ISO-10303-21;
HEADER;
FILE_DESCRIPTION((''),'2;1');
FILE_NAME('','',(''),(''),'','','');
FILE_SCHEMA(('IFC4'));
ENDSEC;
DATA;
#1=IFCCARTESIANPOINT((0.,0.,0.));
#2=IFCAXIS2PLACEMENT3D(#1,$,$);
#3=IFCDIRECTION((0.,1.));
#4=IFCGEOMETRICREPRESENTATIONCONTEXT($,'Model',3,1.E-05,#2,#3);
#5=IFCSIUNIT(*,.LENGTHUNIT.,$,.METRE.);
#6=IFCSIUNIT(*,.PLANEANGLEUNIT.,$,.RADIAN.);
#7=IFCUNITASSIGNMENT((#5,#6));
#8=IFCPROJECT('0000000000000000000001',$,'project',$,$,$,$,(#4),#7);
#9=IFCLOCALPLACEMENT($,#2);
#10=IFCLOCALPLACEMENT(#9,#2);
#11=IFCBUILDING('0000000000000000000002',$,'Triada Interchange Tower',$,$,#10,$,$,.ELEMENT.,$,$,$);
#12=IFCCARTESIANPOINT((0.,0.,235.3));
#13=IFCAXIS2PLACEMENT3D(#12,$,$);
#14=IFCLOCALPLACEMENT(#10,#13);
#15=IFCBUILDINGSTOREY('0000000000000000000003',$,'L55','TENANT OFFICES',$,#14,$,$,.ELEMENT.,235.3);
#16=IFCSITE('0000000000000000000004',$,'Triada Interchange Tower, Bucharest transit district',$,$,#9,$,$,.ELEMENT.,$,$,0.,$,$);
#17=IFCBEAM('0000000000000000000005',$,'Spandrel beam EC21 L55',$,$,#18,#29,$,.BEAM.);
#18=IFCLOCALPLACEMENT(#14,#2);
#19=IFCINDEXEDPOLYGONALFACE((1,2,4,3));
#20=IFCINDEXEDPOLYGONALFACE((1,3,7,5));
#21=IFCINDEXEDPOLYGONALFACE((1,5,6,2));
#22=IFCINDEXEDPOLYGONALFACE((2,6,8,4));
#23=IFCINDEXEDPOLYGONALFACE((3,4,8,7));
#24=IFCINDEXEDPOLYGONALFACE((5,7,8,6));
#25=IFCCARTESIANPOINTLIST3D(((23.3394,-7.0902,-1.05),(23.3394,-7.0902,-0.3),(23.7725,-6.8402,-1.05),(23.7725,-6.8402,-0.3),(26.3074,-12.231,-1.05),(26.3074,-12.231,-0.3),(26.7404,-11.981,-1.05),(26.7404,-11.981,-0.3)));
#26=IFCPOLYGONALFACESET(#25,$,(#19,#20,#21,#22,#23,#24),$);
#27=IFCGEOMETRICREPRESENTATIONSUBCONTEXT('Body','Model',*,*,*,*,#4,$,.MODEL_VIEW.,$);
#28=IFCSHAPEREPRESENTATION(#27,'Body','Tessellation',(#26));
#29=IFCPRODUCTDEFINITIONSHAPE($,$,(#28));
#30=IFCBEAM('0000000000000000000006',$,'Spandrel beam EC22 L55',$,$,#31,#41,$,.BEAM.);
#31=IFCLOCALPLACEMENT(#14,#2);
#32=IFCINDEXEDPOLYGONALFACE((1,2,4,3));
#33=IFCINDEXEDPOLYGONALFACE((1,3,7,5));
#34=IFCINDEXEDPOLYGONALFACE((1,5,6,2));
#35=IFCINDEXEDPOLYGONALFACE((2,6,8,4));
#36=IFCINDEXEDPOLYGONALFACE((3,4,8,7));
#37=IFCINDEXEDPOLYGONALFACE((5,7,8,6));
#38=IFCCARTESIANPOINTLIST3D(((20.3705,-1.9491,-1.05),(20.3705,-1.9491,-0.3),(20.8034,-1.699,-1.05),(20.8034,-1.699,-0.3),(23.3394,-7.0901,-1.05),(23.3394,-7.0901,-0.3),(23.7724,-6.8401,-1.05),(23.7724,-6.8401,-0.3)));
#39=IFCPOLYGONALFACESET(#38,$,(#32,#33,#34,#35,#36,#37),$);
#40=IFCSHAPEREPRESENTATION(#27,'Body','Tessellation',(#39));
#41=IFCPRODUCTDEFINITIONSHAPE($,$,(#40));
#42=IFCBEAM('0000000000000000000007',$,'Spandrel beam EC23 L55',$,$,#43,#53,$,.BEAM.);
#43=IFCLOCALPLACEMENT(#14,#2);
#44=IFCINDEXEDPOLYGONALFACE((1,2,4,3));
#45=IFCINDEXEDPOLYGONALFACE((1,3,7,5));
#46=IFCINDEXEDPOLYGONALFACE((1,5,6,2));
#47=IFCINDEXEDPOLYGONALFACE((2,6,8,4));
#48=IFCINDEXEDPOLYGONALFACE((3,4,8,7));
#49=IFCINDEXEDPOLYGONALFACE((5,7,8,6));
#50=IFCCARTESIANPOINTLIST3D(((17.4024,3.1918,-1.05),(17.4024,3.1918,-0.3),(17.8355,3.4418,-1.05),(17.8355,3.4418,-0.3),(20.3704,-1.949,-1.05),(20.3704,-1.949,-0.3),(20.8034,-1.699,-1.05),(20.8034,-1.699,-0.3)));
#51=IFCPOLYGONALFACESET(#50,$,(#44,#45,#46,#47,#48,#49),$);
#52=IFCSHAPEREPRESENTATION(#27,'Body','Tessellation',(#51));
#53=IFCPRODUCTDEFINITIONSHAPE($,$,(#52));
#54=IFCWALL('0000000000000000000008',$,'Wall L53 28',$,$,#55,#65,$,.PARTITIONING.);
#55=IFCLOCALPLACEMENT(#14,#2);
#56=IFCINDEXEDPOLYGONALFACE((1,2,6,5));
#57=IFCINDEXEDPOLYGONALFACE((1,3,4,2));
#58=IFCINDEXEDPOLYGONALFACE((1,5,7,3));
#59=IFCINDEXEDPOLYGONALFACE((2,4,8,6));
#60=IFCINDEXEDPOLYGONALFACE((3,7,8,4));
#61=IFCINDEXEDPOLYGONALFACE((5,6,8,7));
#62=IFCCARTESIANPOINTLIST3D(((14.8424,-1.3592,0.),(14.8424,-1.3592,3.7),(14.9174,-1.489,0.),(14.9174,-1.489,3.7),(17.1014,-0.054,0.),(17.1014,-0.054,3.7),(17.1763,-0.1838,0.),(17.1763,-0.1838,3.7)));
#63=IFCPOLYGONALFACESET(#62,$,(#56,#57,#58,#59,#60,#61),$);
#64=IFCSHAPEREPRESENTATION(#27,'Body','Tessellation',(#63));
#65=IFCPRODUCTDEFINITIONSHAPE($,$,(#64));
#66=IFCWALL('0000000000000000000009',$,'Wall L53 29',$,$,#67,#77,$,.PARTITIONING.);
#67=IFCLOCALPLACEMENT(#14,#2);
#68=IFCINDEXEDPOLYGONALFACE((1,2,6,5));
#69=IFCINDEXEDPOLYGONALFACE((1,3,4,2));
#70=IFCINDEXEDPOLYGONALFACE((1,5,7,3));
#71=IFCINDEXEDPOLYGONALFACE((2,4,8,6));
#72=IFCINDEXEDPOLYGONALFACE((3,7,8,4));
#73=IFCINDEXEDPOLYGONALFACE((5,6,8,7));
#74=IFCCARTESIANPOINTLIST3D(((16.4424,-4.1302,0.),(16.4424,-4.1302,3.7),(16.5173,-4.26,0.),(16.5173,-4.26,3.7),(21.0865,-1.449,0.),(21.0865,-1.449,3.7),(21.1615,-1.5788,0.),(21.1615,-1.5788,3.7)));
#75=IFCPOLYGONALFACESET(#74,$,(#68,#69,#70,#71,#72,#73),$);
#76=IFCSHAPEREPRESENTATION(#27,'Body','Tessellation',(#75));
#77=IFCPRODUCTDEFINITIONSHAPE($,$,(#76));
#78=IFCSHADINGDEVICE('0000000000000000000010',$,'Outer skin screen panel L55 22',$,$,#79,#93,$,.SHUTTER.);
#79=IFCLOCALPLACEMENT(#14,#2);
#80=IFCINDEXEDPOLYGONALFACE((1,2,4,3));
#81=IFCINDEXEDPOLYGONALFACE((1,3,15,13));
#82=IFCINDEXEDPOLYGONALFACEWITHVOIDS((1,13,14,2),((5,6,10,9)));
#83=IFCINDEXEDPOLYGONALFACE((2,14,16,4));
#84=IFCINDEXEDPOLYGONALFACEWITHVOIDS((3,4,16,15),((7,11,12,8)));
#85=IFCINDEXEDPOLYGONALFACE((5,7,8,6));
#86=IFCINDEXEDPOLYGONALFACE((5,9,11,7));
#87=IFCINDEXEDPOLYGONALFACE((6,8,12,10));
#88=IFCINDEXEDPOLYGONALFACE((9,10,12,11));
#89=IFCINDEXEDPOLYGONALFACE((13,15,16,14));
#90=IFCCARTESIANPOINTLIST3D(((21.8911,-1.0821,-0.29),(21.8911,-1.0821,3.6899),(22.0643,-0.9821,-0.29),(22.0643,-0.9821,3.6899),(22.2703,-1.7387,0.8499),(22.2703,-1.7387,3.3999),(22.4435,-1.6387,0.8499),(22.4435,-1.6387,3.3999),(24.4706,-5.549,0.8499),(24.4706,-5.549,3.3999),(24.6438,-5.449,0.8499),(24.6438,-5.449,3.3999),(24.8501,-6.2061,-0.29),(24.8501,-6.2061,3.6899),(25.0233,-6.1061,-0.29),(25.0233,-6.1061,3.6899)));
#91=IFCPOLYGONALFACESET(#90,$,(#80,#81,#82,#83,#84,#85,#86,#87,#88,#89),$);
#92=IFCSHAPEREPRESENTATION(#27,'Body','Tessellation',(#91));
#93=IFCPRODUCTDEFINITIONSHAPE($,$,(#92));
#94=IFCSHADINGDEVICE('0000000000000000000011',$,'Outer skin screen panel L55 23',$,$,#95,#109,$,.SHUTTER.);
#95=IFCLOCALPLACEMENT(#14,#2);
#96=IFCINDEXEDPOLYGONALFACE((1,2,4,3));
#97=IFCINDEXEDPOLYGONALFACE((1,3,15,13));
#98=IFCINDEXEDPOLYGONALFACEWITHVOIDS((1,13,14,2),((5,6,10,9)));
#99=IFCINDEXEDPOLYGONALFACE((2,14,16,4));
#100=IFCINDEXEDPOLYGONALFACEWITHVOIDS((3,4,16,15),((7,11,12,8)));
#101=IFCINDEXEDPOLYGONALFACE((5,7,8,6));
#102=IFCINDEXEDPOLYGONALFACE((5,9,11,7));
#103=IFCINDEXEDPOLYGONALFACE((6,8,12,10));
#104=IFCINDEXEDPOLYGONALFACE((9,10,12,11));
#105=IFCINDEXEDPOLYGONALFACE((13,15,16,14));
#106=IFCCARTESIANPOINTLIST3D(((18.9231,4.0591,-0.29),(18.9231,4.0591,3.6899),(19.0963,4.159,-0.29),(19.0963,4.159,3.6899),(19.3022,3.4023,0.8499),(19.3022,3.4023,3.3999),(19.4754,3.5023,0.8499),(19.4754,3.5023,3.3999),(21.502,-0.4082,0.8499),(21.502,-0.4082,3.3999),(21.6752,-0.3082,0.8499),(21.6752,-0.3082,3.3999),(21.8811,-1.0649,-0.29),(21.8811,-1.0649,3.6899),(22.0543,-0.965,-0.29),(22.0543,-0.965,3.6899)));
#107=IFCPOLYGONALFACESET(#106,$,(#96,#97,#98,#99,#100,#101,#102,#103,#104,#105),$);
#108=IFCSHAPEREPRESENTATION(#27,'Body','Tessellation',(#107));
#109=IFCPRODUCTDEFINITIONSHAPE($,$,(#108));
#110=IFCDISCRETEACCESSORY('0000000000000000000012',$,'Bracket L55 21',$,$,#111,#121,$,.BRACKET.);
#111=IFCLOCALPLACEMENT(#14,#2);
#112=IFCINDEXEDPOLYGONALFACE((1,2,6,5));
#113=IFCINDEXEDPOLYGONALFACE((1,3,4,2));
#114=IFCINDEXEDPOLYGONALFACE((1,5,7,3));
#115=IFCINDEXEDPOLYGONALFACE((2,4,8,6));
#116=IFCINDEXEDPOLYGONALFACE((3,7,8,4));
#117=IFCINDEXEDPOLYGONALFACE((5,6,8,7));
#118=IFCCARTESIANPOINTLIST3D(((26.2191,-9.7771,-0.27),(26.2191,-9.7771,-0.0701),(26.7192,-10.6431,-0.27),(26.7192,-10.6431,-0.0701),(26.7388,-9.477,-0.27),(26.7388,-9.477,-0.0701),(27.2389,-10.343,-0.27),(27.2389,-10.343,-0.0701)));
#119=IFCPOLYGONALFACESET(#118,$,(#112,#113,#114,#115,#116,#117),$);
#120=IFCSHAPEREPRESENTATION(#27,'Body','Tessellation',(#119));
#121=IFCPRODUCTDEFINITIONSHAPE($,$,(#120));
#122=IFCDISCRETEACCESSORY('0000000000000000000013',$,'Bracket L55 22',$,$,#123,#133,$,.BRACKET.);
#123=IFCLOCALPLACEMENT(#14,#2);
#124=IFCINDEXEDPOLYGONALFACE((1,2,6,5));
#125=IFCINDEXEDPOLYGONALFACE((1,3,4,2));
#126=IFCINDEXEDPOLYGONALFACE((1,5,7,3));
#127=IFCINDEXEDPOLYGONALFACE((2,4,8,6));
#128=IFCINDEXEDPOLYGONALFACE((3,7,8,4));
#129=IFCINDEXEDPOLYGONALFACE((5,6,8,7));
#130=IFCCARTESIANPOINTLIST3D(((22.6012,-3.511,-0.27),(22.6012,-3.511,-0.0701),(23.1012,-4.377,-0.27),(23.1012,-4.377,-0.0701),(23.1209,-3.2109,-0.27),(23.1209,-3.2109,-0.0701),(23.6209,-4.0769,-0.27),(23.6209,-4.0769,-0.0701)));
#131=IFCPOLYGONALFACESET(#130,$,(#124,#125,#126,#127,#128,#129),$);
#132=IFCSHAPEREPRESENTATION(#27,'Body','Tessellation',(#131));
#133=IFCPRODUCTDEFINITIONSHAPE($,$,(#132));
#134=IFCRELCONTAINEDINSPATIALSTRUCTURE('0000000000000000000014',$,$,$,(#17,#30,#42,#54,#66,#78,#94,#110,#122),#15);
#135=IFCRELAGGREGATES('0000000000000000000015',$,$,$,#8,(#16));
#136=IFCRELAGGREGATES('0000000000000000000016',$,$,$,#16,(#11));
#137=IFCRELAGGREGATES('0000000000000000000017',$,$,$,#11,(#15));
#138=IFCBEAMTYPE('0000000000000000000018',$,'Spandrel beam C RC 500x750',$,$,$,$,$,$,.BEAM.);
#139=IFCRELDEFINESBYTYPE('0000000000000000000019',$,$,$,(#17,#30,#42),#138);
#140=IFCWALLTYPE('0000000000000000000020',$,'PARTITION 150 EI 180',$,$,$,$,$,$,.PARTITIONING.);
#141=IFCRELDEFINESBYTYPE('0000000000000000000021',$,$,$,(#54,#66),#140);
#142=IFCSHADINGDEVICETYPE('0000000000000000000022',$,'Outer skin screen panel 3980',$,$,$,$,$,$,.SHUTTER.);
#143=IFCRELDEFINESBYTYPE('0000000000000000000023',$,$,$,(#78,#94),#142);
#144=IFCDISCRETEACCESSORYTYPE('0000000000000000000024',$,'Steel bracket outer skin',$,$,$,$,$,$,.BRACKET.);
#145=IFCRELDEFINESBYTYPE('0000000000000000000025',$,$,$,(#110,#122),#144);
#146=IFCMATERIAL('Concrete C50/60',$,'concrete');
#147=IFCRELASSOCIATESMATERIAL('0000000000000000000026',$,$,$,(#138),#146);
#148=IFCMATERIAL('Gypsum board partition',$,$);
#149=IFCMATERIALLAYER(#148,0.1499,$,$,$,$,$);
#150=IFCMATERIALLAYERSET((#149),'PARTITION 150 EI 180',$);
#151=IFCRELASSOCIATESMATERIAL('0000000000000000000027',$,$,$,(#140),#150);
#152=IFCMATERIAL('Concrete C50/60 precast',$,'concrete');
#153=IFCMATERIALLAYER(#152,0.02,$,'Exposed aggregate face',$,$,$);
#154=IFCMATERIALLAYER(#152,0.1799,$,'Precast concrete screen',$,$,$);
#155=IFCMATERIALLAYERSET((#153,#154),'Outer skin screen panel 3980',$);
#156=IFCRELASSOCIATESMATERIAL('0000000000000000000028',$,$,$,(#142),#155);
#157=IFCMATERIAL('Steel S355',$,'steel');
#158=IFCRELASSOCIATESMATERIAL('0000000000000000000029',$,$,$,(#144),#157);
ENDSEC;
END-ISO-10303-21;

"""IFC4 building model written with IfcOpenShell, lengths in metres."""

from ifc_helpers import new_model, si_unit, direction, frame, frame_2d, origin, origin_2d, place, context, subcontext, project, spatial, polyline, rectangle, outline, extrude, material, layer, layer_set, material_profile, profile_set, type_object, element, save


model = new_model("IFC4")

# Units and contexts
model_context = context("Model", 3, precision=1e-05, world=origin(), true_north=direction((0.0, 1.0)))
body_context = subcontext(model_context, "Body", "Model", "MODEL_VIEW")
ifc_project = project(units=[si_unit("LENGTHUNIT", "METRE"), si_unit("PLANEANGLEUNIT", "RADIAN")], contexts=[model_context])

# Site, building, storey
site_placement = place(None, origin())
site = spatial("IfcSite", under=ifc_project, at=site_placement, Name="Triada Interchange Tower, Bucharest transit district", CompositionType="ELEMENT", RefElevation=0.0)
building_placement = place(site_placement, origin())
building = spatial("IfcBuilding", under=site, at=building_placement, Name="Triada Interchange Tower", CompositionType="ELEMENT")
storey_placement = place(building_placement, frame((0.0, 0.0, 235.3)))
storey = spatial("IfcBuildingStorey", under=building, at=storey_placement, Name="L55", Description="TENANT OFFICES", CompositionType="ELEMENT", Elevation=235.3)

# Shared definitions
ifc_material_1 = material(Name="Concrete C50/60", Category="concrete")

# Beams
ifc_material_profile_1 = material_profile(ifc_material_1, rectangle(XDim=0.5, YDim=0.75, at=origin_2d()), Name="RC 500x750")
ifc_profile_set_1 = profile_set([ifc_material_profile_1], Name="Concrete C50/60")
beam_type_1 = type_object("IfcBeamType", Name="Spandrel beam C RC 500x750", PredefinedType="BEAM", material=ifc_profile_set_1)
beam_1_placement = place(storey_placement, frame((26.5239, -12.106, -0.675), z_axis=(-0.499992, 0.86603, 0.0), x_axis=(-0.86603, -0.499992, 0.0)))
element("IfcBeam", 1, at=beam_1_placement, inside=storey, type_object=beam_type_1, Name="Spandrel beam EC21 L55", PredefinedType="BEAM", context=body_context, shape_type="SweptSolid", body=[
    extrude(rectangle(XDim=0.5, YDim=0.75, at=origin_2d()), origin(), (0.0, 0.0, 1.0), 5.936),
])
beam_2_placement = place(storey_placement, frame((23.5559, -6.9651, -0.675), z_axis=(-0.500097, 0.865969, 0.0), x_axis=(-0.865969, -0.500097, 0.0)))
element("IfcBeam", 2, at=beam_2_placement, inside=storey, type_object=beam_type_1, Name="Spandrel beam EC22 L55", PredefinedType="BEAM", context=body_context, shape_type="SweptSolid", body=[
    extrude(rectangle(XDim=0.5, YDim=0.75, at=origin_2d()), origin(), (0.0, 0.0, 1.0), 5.9368),
])
beam_3_placement = place(storey_placement, frame((20.5869, -1.824, -0.675), z_axis=(-0.499992, 0.86603, 0.0), x_axis=(-0.86603, -0.499992, 0.0)))
element("IfcBeam", 3, at=beam_3_placement, inside=storey, type_object=beam_type_1, Name="Spandrel beam EC23 L55", PredefinedType="BEAM", context=body_context, shape_type="SweptSolid", body=[
    extrude(rectangle(XDim=0.5, YDim=0.75, at=origin_2d()), origin(), (0.0, 0.0, 1.0), 5.936),
])

# Walls
ifc_material_2 = material(Name="Gypsum board partition")
ifc_layer_1 = layer(ifc_material_2, 0.1499)
ifc_layer_set_1 = layer_set([ifc_layer_1], Name="PARTITION 150 EI 180")
wall_type_1 = type_object("IfcWallType", Name="PARTITION 150 EI 180", PredefinedType="PARTITIONING", material=ifc_layer_set_1)
wall_1_placement = place(storey_placement, frame((14.8799, -1.4241, 0.0), z_axis=(0.0, 0.0, 1.0), x_axis=(0.865872, 0.500265, 0.0)))
element("IfcWall", 4, at=wall_1_placement, inside=storey, type_object=wall_type_1, Name="Wall L53 28", PredefinedType="PARTITIONING", context=body_context, shape_type="SweptSolid", body=[
    extrude(rectangle(XDim=2.6089, YDim=0.1499, at=frame_2d((1.3044, 0.0))), origin(), (0.0, 0.0, 1.0), 3.7),
])
wall_2_placement = place(storey_placement, frame((16.48, -4.1951, 0.0), z_axis=(0.0, 0.0, 1.0), x_axis=(0.866032, 0.499988, 0.0)))
element("IfcWall", 5, at=wall_2_placement, inside=storey, type_object=wall_type_1, Name="Wall L53 29", PredefinedType="PARTITIONING", context=body_context, shape_type="SweptSolid", body=[
    extrude(rectangle(XDim=5.3625, YDim=0.1499, at=frame_2d((2.6812, 0.0))), origin(), (0.0, 0.0, 1.0), 3.7),
])

# Shading devices
ifc_material_3 = material(Name="Concrete C50/60 precast", Category="concrete")
ifc_layer_2 = layer(ifc_material_3, 0.02, Name="Exposed aggregate face")
ifc_layer_3 = layer(ifc_material_3, 0.1799, Name="Precast concrete screen")
ifc_layer_set_2 = layer_set([ifc_layer_2, ifc_layer_3], Name="Outer skin screen panel 3980")
shading_device_type = type_object("IfcShadingDeviceType", Name="Outer skin screen panel 3980", PredefinedType="SHUTTER", material=ifc_layer_set_2)
shading_device_1_placement = place(storey_placement, frame((24.8501, -6.2061, -0.29), z_axis=(0.0, 0.0, 1.0), x_axis=(-0.50008, 0.865979, 0.0)))
element("IfcShadingDevice", 6, at=shading_device_1_placement, inside=storey, type_object=shading_device_type, Name="Outer skin screen panel L55 22", PredefinedType="SHUTTER", context=body_context, shape_type="SweptSolid", body=[
    extrude(outline(polyline([(0.0, 0.0), (5.917, 0.0), (5.917, 3.98), (0.0, 3.98), (0.0, 0.0)]), holes=[polyline([(0.7588, 1.1399), (0.7588, 3.6899), (5.1587, 3.6899), (5.1587, 1.1399), (0.7588, 1.1399)])]), frame((0.0, 0.0, 0.0), z_axis=(0.0, -1.0, 0.0), x_axis=(1.0, 0.0, 0.0)), (0.0, 0.0, 1.0), 0.2),
])
shading_device_2_placement = place(storey_placement, frame((21.8811, -1.0649, -0.29), z_axis=(0.0, 0.0, 1.0), x_axis=(-0.499956, 0.866051, 0.0)))
element("IfcShadingDevice", 7, at=shading_device_2_placement, inside=storey, type_object=shading_device_type, Name="Outer skin screen panel L55 23", PredefinedType="SHUTTER", context=body_context, shape_type="SweptSolid", body=[
    extrude(outline(polyline([(0.0, 0.0), (5.9165, 0.0), (5.9165, 3.98), (0.0, 3.98), (0.0, 0.0)]), holes=[polyline([(0.7583, 1.1399), (0.7583, 3.6899), (5.1582, 3.6899), (5.1582, 1.1399), (0.7583, 1.1399)])]), frame((0.0, 0.0, 0.0), z_axis=(0.0, -1.0, 0.0), x_axis=(1.0, 0.0, 0.0)), (0.0, 0.0, 1.0), 0.2),
])

# Discrete accessories
ifc_material_4 = material(Name="Steel S355", Category="steel")
discrete_accessory_type = type_object("IfcDiscreteAccessoryType", Name="Steel bracket outer skin", PredefinedType="BRACKET", material=ifc_material_4)
for number, where, z_axis, x_axis, name in (
    (8, (26.729, -10.0601, -0.27), (0.0, 0.0, 1.0), (0.866014, 0.500019, 0.0), "Bracket L55 21"),
    (9, (23.1111, -3.7939, -0.27), (0.0, 0.0, 1.0), (0.866014, 0.500019, 0.0), "Bracket L55 22"),
):
    element("IfcDiscreteAccessory", number, at=place(storey_placement, frame(where, z_axis=z_axis, x_axis=x_axis)), inside=storey, type_object=discrete_accessory_type, Name=name, PredefinedType="BRACKET", context=body_context, shape_type="SweptSolid", body=[
        extrude(rectangle(XDim=0.6001, YDim=1.0, at=origin_2d()), origin(), (0.0, 0.0, 1.0), 0.2),
    ])

save(model, "model.ifc")
